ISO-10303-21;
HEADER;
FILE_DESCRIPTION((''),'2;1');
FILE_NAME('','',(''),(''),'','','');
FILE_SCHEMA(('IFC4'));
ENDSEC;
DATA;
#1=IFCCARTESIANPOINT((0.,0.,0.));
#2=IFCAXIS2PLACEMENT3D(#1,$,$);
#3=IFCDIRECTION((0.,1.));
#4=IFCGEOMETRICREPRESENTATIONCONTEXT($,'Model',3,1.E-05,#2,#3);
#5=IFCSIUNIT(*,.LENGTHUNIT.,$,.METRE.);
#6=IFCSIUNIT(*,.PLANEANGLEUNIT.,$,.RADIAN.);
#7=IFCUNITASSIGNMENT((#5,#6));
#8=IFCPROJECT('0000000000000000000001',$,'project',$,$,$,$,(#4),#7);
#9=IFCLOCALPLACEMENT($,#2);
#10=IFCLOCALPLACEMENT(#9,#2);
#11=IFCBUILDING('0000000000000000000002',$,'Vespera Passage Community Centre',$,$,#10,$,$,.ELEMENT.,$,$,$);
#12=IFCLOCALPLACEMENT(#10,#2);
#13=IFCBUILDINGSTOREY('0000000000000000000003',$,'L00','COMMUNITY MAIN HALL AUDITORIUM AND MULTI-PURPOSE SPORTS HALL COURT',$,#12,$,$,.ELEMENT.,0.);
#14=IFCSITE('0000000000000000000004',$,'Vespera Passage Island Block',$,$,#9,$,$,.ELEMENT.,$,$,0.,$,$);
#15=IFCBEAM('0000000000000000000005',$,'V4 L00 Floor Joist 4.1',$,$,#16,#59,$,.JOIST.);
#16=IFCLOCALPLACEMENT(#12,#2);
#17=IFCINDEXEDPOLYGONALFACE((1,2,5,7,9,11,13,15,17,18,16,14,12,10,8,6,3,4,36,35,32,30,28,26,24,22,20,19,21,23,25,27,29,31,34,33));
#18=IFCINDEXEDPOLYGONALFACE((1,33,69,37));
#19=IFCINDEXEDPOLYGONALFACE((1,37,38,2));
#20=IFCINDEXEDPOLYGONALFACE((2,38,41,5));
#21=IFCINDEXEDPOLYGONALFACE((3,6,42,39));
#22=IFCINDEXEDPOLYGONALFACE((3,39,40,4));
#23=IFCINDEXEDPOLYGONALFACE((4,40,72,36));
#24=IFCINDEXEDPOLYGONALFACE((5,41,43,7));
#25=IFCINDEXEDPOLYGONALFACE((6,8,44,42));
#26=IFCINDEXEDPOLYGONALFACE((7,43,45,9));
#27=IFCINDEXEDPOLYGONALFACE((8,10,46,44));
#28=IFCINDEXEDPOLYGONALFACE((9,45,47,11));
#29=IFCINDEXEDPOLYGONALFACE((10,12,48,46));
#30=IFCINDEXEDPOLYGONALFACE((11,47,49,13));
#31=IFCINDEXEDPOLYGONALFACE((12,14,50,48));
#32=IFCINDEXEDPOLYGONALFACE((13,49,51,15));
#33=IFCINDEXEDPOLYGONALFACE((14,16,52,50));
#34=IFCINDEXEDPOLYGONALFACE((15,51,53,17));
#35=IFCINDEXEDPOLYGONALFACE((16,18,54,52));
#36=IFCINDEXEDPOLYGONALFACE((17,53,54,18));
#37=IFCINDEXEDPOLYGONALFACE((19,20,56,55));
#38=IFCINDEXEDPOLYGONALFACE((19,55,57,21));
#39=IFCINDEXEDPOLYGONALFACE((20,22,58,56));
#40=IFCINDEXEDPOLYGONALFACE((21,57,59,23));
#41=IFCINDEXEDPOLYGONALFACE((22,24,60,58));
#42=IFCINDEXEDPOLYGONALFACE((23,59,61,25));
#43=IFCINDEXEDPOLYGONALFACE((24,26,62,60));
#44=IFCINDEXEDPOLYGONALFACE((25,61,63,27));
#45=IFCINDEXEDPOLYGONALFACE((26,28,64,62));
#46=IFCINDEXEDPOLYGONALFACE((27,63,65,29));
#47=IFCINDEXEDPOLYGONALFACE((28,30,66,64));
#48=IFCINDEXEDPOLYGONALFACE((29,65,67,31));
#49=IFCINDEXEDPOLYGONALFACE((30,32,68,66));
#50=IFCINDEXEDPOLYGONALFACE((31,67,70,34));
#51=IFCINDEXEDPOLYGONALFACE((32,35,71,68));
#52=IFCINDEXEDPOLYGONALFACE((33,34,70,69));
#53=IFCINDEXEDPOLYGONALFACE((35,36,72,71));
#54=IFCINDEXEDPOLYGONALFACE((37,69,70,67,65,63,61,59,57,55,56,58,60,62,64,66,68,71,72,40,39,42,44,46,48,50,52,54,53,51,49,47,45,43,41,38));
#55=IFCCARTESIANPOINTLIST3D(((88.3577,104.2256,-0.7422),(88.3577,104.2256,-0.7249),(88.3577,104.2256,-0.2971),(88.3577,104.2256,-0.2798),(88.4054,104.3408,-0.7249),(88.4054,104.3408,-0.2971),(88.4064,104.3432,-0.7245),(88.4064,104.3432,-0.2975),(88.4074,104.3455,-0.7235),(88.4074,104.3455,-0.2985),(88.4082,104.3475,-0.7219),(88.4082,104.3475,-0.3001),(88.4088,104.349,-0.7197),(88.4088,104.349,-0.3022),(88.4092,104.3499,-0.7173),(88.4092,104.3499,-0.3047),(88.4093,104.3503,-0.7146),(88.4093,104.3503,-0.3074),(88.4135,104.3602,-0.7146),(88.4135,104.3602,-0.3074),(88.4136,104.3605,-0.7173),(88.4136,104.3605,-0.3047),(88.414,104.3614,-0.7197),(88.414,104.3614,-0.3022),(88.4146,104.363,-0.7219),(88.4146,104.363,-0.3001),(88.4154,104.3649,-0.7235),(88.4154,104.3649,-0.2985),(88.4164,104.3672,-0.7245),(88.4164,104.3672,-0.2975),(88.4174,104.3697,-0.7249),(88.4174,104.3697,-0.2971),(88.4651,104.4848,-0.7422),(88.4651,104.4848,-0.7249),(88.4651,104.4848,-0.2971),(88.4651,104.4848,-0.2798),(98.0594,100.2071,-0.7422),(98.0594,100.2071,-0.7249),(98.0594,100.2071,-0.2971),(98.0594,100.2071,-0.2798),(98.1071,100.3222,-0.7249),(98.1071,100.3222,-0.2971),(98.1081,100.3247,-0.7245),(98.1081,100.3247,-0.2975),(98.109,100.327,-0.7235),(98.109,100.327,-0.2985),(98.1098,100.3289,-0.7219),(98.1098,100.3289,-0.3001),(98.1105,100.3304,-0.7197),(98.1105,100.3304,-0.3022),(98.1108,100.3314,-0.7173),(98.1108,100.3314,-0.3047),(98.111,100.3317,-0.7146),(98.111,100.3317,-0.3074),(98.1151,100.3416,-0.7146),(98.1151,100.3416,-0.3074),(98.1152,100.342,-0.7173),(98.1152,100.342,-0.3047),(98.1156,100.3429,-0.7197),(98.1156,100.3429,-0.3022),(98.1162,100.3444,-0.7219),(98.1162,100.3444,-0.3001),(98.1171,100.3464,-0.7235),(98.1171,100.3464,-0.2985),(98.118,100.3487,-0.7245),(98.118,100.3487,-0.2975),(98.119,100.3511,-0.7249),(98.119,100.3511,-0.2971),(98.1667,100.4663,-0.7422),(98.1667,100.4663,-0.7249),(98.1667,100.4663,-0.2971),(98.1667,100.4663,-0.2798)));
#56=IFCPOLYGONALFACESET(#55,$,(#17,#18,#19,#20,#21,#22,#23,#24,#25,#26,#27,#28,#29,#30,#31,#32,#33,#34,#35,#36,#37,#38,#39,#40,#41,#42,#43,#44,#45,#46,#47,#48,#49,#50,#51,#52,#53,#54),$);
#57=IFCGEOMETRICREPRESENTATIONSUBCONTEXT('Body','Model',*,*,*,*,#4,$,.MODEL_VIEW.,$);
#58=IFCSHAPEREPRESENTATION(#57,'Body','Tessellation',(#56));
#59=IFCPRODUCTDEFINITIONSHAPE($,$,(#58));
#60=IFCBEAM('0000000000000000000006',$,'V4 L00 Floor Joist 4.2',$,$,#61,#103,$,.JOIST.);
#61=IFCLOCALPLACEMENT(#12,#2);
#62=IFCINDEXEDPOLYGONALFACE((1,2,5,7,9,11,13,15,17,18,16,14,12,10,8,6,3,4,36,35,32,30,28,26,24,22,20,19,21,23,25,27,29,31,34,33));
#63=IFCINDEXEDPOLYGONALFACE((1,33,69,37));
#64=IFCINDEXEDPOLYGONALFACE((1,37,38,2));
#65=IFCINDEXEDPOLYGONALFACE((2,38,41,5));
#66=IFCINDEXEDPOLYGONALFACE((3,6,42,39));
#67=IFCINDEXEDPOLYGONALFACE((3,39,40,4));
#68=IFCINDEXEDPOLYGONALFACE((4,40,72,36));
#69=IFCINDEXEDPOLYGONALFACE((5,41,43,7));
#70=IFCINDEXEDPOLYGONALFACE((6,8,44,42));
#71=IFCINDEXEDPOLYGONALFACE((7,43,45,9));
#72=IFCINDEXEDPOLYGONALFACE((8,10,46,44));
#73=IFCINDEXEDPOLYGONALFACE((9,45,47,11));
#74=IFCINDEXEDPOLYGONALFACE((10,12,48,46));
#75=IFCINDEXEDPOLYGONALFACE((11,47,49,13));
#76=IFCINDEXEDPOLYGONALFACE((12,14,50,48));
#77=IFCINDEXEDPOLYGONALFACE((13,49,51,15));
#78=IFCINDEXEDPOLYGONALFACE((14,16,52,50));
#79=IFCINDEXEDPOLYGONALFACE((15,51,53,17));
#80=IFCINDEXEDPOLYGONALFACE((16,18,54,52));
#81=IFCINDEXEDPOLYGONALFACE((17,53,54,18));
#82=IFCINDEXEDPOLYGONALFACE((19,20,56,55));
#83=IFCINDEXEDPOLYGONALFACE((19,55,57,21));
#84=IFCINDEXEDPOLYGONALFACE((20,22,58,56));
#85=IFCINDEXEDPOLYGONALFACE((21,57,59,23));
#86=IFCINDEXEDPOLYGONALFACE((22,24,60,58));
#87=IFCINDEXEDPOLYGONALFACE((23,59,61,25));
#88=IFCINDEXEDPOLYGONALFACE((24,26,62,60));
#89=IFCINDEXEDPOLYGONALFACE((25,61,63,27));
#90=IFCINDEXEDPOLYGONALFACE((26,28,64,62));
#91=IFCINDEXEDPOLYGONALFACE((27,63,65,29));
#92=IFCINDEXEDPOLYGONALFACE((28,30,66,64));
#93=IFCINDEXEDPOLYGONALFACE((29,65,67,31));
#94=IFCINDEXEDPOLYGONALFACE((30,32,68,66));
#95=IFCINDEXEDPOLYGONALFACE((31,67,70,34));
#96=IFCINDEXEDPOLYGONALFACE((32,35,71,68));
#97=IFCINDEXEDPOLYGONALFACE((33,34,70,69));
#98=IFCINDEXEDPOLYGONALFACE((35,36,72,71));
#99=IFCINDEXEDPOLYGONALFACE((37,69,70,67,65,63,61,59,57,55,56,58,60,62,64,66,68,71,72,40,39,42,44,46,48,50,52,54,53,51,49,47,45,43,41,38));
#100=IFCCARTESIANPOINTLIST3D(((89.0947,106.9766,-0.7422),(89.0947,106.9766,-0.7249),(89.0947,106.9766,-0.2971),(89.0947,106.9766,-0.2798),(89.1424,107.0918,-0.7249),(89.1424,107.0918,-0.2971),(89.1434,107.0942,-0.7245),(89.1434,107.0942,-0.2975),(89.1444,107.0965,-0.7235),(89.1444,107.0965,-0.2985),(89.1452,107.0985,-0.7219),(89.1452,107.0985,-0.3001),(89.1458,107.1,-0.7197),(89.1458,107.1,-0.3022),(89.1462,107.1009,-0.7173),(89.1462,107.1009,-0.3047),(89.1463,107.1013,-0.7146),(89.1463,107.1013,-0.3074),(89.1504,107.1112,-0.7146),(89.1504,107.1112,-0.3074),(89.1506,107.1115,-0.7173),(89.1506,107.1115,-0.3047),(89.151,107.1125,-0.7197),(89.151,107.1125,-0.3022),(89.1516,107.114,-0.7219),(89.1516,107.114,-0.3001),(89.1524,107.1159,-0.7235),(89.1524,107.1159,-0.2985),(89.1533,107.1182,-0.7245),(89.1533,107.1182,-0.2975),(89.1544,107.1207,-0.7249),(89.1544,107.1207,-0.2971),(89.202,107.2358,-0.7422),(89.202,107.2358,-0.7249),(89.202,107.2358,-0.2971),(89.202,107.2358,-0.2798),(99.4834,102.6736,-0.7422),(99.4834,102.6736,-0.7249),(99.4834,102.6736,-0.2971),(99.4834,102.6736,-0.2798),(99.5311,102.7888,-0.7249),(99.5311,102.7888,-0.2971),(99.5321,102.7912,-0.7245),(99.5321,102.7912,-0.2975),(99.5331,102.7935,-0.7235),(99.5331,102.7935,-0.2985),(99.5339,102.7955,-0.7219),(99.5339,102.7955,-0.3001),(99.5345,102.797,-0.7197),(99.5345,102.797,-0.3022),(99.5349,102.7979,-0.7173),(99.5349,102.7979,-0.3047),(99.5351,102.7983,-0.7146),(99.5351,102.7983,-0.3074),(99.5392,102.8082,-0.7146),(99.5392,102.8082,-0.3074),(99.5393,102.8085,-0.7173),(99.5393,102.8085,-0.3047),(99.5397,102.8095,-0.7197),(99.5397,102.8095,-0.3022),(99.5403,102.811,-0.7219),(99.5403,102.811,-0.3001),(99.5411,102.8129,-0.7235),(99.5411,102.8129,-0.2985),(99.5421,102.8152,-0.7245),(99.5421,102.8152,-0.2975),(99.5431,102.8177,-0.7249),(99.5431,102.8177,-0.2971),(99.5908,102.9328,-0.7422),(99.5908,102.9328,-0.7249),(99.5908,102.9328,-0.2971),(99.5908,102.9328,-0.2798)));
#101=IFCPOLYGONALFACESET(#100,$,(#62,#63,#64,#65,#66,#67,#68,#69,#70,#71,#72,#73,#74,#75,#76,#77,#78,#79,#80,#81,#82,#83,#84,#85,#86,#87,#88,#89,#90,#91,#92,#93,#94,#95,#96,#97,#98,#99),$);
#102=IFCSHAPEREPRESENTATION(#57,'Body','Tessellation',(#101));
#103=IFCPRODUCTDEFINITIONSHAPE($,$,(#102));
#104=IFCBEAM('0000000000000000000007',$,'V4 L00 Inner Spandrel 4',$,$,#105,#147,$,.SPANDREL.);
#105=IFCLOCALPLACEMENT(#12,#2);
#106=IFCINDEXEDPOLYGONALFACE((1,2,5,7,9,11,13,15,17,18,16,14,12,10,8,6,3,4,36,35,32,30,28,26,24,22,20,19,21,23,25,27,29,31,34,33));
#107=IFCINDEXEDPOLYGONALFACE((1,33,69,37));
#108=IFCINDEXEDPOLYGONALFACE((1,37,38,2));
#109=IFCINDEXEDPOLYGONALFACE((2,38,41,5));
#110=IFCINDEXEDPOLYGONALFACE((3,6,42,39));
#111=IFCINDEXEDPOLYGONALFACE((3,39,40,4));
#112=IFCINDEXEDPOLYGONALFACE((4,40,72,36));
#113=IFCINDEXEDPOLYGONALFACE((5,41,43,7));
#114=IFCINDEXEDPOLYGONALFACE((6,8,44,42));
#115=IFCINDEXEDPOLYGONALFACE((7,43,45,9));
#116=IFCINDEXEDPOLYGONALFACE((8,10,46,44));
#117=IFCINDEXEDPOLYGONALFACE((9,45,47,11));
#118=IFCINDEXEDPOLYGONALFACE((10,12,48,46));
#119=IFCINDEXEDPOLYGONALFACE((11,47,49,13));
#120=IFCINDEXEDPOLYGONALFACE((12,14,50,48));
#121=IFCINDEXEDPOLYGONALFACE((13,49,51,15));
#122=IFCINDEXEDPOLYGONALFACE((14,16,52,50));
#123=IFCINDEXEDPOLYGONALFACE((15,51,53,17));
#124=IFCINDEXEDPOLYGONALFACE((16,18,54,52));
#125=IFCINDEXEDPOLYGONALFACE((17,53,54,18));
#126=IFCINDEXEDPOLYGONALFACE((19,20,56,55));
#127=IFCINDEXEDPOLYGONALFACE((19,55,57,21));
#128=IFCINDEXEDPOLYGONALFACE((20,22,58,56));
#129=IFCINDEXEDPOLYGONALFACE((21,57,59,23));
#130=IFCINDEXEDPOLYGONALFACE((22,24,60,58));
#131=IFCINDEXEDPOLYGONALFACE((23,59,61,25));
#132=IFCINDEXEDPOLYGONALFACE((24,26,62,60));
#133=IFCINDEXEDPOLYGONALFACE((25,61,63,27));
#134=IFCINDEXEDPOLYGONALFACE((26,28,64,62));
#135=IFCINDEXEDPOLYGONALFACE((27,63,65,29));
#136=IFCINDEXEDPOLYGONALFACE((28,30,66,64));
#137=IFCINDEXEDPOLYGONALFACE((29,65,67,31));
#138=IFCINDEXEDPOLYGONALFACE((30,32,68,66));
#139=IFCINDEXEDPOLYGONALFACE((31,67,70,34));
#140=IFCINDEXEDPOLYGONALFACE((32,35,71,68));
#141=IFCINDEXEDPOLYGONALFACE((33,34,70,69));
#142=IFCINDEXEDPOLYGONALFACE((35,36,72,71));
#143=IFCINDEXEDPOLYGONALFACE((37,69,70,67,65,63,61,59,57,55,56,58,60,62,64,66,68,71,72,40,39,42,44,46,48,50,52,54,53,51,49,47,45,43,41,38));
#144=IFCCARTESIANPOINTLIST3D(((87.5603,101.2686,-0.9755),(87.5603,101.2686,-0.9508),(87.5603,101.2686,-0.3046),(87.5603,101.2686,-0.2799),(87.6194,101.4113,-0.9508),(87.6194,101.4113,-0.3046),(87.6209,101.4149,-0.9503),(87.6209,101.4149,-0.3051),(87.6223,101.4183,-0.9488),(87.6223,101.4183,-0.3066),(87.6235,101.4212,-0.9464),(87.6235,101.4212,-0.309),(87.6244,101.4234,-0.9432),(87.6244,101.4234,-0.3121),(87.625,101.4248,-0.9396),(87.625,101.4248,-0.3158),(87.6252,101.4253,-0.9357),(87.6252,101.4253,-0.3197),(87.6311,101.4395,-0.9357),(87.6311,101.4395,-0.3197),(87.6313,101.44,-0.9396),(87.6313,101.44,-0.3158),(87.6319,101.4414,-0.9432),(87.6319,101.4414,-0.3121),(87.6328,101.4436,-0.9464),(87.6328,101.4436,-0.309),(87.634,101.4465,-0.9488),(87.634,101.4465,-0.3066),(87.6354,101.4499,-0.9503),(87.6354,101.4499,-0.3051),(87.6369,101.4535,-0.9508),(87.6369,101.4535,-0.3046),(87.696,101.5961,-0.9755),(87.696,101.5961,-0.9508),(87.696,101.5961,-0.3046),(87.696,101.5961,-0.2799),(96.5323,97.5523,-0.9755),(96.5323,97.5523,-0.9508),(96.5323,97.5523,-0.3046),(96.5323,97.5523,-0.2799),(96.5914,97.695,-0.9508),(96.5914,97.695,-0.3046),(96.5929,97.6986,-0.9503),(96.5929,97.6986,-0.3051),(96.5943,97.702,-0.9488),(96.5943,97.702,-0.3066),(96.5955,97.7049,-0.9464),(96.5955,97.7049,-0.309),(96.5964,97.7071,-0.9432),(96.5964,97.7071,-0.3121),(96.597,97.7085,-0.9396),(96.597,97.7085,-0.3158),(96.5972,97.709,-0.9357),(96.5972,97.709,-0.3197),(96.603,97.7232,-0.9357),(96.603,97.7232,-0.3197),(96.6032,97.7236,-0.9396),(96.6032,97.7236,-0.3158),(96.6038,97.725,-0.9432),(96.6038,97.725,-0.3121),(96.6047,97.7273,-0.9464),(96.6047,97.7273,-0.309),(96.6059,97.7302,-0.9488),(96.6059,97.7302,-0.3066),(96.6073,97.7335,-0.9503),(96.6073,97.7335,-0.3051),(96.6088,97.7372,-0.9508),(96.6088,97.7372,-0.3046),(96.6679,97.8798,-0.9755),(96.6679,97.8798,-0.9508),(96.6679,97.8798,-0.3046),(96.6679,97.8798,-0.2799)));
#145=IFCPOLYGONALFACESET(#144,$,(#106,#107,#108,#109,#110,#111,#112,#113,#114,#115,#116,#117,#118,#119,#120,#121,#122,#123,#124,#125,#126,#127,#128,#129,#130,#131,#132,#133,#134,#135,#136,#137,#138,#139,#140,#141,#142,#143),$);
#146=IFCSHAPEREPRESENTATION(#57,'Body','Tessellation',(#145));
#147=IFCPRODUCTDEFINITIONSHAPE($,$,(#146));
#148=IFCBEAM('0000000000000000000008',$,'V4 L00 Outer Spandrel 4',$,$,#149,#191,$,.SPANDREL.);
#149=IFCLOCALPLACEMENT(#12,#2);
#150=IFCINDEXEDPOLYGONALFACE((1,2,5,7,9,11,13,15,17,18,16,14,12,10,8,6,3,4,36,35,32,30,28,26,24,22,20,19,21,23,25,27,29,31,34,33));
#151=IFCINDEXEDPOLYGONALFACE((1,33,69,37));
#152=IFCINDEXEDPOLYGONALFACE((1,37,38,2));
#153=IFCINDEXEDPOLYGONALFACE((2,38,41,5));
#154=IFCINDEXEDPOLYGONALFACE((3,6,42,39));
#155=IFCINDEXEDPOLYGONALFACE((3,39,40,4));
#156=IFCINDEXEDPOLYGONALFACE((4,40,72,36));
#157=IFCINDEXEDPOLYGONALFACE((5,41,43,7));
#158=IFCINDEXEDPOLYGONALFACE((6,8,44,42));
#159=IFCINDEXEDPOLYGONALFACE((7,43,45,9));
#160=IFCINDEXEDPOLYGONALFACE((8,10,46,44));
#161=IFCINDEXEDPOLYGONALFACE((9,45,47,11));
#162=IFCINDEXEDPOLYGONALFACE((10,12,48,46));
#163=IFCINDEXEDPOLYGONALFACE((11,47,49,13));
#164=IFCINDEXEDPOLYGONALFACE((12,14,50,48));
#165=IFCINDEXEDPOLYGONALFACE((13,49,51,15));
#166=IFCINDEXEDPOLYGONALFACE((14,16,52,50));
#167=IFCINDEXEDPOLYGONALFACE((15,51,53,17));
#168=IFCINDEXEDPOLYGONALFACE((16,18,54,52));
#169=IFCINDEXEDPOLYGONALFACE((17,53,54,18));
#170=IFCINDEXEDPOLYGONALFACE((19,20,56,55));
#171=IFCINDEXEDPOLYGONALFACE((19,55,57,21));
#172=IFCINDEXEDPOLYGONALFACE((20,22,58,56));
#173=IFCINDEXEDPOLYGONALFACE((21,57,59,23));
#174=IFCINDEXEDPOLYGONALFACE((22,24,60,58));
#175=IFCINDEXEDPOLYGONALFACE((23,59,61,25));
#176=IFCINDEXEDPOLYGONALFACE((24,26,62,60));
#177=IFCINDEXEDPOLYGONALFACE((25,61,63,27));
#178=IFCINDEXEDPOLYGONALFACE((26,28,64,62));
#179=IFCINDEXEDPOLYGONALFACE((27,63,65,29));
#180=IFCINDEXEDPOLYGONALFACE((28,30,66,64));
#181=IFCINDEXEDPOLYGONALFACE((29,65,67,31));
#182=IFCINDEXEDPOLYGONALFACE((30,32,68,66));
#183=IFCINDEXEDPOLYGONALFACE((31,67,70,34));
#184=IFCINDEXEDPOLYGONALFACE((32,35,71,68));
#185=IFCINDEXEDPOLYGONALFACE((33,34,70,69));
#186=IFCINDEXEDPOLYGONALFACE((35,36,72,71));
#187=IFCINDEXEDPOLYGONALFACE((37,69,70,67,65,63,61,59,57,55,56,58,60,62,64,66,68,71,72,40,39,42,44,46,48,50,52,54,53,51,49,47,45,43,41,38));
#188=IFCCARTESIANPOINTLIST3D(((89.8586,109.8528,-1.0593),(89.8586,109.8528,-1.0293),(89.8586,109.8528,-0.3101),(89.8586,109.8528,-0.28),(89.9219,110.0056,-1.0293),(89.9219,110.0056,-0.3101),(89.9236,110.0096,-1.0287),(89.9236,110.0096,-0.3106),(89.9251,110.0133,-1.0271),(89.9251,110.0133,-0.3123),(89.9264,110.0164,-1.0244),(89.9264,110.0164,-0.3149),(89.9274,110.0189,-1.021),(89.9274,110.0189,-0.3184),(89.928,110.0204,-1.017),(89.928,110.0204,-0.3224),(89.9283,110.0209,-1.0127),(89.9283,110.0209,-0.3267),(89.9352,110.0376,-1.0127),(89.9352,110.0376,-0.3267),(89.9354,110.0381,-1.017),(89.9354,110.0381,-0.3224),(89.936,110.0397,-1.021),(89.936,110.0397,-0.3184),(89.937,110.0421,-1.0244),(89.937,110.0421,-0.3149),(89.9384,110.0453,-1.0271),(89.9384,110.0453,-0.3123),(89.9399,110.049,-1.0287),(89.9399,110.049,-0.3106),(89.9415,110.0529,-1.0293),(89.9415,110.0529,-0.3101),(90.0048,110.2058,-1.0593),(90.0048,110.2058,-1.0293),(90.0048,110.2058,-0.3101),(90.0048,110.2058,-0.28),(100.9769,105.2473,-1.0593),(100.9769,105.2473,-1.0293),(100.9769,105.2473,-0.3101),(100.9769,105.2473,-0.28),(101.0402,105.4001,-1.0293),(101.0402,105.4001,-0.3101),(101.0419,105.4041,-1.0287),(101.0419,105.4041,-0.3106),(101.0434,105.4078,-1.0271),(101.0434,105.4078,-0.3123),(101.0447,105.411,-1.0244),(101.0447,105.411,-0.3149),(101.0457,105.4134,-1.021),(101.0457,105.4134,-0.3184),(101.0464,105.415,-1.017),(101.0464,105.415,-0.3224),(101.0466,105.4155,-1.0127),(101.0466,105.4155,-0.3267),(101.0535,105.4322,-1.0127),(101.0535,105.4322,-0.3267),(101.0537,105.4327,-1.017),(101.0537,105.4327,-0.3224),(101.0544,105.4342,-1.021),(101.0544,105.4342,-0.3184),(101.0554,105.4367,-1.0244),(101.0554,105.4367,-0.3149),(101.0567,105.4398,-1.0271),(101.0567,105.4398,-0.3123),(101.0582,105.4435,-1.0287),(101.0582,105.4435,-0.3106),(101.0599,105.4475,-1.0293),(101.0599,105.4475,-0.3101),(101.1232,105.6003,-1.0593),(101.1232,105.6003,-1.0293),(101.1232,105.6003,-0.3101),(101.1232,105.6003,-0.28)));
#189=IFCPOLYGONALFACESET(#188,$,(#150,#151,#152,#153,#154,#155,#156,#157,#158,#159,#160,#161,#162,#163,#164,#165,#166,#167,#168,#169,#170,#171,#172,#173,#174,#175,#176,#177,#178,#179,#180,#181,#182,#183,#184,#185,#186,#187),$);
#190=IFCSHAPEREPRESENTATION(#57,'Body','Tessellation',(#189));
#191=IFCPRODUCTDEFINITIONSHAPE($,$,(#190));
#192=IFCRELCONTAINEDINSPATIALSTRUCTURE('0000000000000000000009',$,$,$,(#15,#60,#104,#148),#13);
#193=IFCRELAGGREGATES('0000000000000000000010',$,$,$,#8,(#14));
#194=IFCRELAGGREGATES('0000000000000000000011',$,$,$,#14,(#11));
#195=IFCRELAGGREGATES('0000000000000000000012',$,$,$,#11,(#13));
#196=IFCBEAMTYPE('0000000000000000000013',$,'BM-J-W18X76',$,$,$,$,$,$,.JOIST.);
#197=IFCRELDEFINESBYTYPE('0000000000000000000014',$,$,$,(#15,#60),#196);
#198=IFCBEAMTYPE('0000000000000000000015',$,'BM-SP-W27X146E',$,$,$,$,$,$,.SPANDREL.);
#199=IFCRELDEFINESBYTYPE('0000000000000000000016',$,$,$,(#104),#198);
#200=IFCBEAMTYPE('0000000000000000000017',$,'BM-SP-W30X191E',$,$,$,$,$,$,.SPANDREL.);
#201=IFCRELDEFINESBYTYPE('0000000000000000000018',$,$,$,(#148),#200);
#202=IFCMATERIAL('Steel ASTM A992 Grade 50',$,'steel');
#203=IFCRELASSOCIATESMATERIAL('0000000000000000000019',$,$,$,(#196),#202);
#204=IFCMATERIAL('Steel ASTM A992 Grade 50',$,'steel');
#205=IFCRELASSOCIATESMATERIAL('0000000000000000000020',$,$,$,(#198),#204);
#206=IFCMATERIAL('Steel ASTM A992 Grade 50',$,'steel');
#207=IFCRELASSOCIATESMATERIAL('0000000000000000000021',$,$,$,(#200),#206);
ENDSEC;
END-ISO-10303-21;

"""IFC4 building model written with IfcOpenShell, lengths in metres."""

from ifc_helpers import new_model, si_unit, direction, frame, origin, origin_2d, place, context, subcontext, project, spatial, i_section, extrude, material, material_profile, profile_set, type_object, element, save


model = new_model("IFC4")

# Units and contexts
model_context = context("Model", 3, precision=1e-05, world=origin(), true_north=direction((0.0, 1.0)))
body_context = subcontext(model_context, "Body", "Model", "MODEL_VIEW")
ifc_project = project(units=[si_unit("LENGTHUNIT", "METRE"), si_unit("PLANEANGLEUNIT", "RADIAN")], contexts=[model_context])

# Site, building, storey
site_placement = place(None, origin())
site = spatial("IfcSite", under=ifc_project, at=site_placement, Name="Vespera Passage Island Block", CompositionType="ELEMENT", RefElevation=0.0)
building_placement = place(site_placement, origin())
building = spatial("IfcBuilding", under=site, at=building_placement, Name="Vespera Passage Community Centre", CompositionType="ELEMENT")
storey_placement = place(building_placement, origin())
storey = spatial("IfcBuildingStorey", under=building, at=storey_placement, Name="L00", Description="COMMUNITY MAIN HALL AUDITORIUM AND MULTI-PURPOSE SPORTS HALL COURT", CompositionType="ELEMENT", Elevation=0.0)

# Beams
ifc_material_1 = material(Name="Steel ASTM A992 Grade 50", Category="steel")
ifc_material_profile_1 = material_profile(ifc_material_1, i_section(OverallWidth=0.2805, OverallDepth=0.4624, WebThickness=0.0107, FlangeThickness=0.0173, FilletRadius=0.0103, at=origin_2d()), Name="W18X76")
ifc_profile_set_1 = profile_set([ifc_material_profile_1], Name="Steel ASTM A992 Grade 50")
beam_type_1 = type_object("IfcBeamType", Name="BM-J-W18X76", PredefinedType="JOIST", material=ifc_profile_set_1)
beam_1_placement = place(storey_placement, frame((98.113, 100.3367, -0.511), z_axis=(-0.92388, 0.382683, 0.0), x_axis=(-0.382683, -0.92388, 0.0)))
element("IfcBeam", 1, at=beam_1_placement, inside=storey, type_object=beam_type_1, Name="V4 L00 Floor Joist 4.1", PredefinedType="JOIST", context=body_context, shape_type="SweptSolid", body=[
    extrude(i_section(OverallWidth=0.2805, OverallDepth=0.4624, WebThickness=0.0107, FlangeThickness=0.0173, FilletRadius=0.0103, at=origin_2d()), origin(), (0.0, 0.0, 1.0), 10.501),
])
beam_2_placement = place(storey_placement, frame((99.5371, 102.8032, -0.511), z_axis=(-0.923884, 0.382672, 0.0), x_axis=(-0.382672, -0.923884, 0.0)))
element("IfcBeam", 2, at=beam_2_placement, inside=storey, type_object=beam_type_1, Name="V4 L00 Floor Joist 4.2", PredefinedType="JOIST", context=body_context, shape_type="SweptSolid", body=[
    extrude(i_section(OverallWidth=0.2805, OverallDepth=0.4624, WebThickness=0.0107, FlangeThickness=0.0173, FilletRadius=0.0103, at=origin_2d()), origin(), (0.0, 0.0, 1.0), 11.2446),
])
ifc_material_2 = material(Name="Steel ASTM A992 Grade 50", Category="steel")
ifc_material_profile_2 = material_profile(ifc_material_2, i_section(OverallWidth=0.3545, OverallDepth=0.6956, WebThickness=0.0154, FlangeThickness=0.0247, FilletRadius=0.0151, at=origin_2d()), Name="W27X146")
ifc_profile_set_2 = profile_set([ifc_material_profile_2], Name="Steel ASTM A992 Grade 50")
beam_type_2 = type_object("IfcBeamType", Name="BM-SP-W27X146E", PredefinedType="SPANDREL", material=ifc_profile_set_2)
beam_3_placement = place(storey_placement, frame((96.6001, 97.7161, -0.6277), z_axis=(-0.923879, 0.382685, 0.0), x_axis=(-0.382685, -0.923879, 0.0)))
element("IfcBeam", 3, at=beam_3_placement, inside=storey, type_object=beam_type_2, Name="V4 L00 Inner Spandrel 4", PredefinedType="SPANDREL", context=body_context, shape_type="SweptSolid", body=[
    extrude(i_section(OverallWidth=0.3545, OverallDepth=0.6956, WebThickness=0.0154, FlangeThickness=0.0247, FilletRadius=0.0151, at=origin_2d()), origin(), (0.0, 0.0, 1.0), 9.7112),
])
ifc_material_3 = material(Name="Steel ASTM A992 Grade 50", Category="steel")
ifc_material_profile_3 = material_profile(ifc_material_3, i_section(OverallWidth=0.3821, OverallDepth=0.7793, WebThickness=0.0181, FlangeThickness=0.03, FilletRadius=0.0166, at=origin_2d()), Name="W30X191")
ifc_profile_set_3 = profile_set([ifc_material_profile_3], Name="Steel ASTM A992 Grade 50")
beam_type_3 = type_object("IfcBeamType", Name="BM-SP-W30X191E", PredefinedType="SPANDREL", material=ifc_profile_set_3)
beam_4_placement = place(storey_placement, frame((101.05, 105.4238, -0.6697), z_axis=(-0.923877, 0.382689, 0.0), x_axis=(-0.382689, -0.923877, 0.0)))
element("IfcBeam", 4, at=beam_4_placement, inside=storey, type_object=beam_type_3, Name="V4 L00 Outer Spandrel 4", PredefinedType="SPANDREL", context=body_context, shape_type="SweptSolid", body=[
    extrude(i_section(OverallWidth=0.3821, OverallDepth=0.7793, WebThickness=0.0181, FlangeThickness=0.03, FilletRadius=0.0166, at=origin_2d()), origin(), (0.0, 0.0, 1.0), 12.0344),
])

save(model, "model.ifc")
